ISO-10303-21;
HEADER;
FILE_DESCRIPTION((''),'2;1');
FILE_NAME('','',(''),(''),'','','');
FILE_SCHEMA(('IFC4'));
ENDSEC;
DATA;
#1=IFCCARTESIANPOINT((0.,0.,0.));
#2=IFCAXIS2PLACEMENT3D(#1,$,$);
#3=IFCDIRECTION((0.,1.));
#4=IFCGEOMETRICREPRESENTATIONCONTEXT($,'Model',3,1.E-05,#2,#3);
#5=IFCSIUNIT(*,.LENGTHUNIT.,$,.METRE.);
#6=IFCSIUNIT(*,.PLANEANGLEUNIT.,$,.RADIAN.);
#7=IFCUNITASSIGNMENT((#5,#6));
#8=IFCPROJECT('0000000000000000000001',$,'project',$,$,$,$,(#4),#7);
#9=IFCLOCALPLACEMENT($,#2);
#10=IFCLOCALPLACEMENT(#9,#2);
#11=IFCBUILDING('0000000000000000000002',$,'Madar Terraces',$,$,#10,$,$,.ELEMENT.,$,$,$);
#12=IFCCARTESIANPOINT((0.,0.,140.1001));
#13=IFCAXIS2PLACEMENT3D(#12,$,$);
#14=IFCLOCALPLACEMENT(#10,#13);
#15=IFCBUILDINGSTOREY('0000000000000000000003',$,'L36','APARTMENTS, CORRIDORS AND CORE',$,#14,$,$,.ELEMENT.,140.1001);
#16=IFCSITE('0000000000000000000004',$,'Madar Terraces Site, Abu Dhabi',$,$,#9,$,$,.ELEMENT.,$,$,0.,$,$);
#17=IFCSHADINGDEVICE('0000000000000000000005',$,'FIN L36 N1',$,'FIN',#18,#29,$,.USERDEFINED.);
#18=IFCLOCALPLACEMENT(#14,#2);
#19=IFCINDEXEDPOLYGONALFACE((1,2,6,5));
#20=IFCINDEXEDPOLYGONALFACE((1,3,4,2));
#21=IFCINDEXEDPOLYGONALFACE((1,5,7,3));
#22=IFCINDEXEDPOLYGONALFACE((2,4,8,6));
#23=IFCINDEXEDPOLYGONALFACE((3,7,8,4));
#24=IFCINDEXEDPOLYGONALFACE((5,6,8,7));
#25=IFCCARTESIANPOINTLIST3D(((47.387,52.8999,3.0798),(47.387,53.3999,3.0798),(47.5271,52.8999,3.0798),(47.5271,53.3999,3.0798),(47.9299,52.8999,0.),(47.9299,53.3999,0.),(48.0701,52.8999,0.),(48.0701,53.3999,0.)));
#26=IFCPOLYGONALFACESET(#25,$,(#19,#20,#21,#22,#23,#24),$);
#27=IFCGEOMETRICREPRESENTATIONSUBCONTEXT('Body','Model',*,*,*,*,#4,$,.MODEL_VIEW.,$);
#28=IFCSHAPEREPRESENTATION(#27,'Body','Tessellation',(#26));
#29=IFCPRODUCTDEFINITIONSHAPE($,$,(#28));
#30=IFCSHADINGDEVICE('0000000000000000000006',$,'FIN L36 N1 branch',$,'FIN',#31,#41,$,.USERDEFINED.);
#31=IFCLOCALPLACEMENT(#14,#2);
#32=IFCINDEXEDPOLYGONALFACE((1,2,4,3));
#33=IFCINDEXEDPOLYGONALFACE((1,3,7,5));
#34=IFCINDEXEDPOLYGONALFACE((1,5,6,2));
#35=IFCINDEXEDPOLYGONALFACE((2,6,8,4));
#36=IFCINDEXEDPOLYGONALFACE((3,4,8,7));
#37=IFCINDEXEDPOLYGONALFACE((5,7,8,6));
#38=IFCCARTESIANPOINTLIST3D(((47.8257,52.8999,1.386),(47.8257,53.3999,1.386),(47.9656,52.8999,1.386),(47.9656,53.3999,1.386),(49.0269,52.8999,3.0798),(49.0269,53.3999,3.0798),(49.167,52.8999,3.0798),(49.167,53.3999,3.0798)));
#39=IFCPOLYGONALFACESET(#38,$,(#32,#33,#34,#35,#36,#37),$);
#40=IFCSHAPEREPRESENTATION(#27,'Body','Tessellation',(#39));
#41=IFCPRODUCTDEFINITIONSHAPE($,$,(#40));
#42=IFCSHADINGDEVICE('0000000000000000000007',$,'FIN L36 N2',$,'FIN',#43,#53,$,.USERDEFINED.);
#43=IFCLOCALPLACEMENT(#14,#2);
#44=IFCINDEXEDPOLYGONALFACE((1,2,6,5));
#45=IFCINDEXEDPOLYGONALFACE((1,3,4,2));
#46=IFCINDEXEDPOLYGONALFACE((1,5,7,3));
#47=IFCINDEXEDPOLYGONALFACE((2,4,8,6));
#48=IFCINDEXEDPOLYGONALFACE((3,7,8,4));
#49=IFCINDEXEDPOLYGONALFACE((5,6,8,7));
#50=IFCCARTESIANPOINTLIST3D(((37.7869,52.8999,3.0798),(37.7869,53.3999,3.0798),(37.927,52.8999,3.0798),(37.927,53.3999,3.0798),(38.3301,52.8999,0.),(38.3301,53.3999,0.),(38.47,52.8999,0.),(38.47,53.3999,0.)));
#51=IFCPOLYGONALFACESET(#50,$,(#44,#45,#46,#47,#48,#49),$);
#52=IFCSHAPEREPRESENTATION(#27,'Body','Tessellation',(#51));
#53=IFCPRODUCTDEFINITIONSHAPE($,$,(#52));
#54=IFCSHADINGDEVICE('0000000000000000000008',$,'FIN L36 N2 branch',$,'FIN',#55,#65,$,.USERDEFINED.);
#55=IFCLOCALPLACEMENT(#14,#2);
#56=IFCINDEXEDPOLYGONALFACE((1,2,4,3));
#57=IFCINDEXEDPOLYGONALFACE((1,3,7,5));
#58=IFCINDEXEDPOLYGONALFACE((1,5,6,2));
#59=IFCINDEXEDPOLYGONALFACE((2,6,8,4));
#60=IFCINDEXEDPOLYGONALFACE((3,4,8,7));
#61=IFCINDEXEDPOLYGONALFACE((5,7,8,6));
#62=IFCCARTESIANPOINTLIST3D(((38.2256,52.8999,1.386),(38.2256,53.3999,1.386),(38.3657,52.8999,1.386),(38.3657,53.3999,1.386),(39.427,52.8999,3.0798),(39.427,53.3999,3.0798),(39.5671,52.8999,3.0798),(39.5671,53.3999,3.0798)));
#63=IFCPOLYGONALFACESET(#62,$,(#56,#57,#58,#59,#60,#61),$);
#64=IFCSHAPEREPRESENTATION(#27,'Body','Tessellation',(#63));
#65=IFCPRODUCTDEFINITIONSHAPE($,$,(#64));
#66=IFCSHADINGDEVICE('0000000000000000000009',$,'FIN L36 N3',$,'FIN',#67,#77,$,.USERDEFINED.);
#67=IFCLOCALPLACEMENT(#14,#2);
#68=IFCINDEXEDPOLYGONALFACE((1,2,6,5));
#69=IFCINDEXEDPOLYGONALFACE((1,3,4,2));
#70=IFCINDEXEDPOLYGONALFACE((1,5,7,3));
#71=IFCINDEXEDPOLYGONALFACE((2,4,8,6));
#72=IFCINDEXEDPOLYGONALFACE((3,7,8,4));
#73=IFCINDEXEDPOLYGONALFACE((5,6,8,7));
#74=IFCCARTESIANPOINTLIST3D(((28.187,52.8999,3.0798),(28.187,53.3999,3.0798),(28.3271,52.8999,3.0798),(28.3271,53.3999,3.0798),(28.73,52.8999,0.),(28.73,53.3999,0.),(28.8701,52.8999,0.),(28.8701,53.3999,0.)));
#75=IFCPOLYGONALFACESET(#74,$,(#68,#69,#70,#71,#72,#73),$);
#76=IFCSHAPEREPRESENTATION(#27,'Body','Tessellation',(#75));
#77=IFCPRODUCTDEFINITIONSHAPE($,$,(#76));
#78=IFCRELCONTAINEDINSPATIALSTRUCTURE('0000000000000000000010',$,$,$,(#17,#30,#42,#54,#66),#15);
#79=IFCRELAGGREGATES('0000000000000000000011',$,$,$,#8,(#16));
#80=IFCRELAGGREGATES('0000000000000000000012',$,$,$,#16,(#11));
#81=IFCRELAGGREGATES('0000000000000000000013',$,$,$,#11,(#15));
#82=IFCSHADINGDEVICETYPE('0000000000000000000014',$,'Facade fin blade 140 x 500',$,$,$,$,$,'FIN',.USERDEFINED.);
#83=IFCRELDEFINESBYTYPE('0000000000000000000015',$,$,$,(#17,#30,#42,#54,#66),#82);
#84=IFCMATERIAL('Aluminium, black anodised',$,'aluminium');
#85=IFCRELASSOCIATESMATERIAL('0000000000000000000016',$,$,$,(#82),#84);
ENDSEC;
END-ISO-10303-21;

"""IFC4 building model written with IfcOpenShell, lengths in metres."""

from ifc_helpers import new_model, si_unit, direction, frame, origin, place, context, subcontext, project, spatial, polyline, outline, extrude, material, type_object, element, save


model = new_model("IFC4")

# Units and contexts
model_context = context("Model", 3, precision=1e-05, world=origin(), true_north=direction((0.0, 1.0)))
body_context = subcontext(model_context, "Body", "Model", "MODEL_VIEW")
ifc_project = project(units=[si_unit("LENGTHUNIT", "METRE"), si_unit("PLANEANGLEUNIT", "RADIAN")], contexts=[model_context])

# Site, building, storey
site_placement = place(None, origin())
site = spatial("IfcSite", under=ifc_project, at=site_placement, Name="Madar Terraces Site, Abu Dhabi", CompositionType="ELEMENT", RefElevation=0.0)
building_placement = place(site_placement, origin())
building = spatial("IfcBuilding", under=site, at=building_placement, Name="Madar Terraces", CompositionType="ELEMENT")
storey_placement = place(building_placement, frame((0.0, 0.0, 140.1001)))
storey = spatial("IfcBuildingStorey", under=building, at=storey_placement, Name="L36", Description="APARTMENTS, CORRIDORS AND CORE", CompositionType="ELEMENT", Elevation=140.1001)

# Shading devices
ifc_material_1 = material(Name="Aluminium, black anodised", Category="aluminium")
shading_device_type = type_object("IfcShadingDeviceType", Name="Facade fin blade 140 x 500", ElementType="FIN", PredefinedType="USERDEFINED", material=ifc_material_1)
shading_device_1_placement = place(storey_placement, frame((48.0701, 53.1499, 0.0), z_axis=(0.0, 0.0, 1.0), x_axis=(-1.0, 0.0, 0.0)))
element("IfcShadingDevice", 1, at=shading_device_1_placement, inside=storey, type_object=shading_device_type, Name="FIN L36 N1", ObjectType="FIN", PredefinedType="USERDEFINED", context=body_context, shape_type="SweptSolid", body=[
    extrude(outline(polyline([(0.0, 0.0), (0.1401, 0.0), (0.6831, 3.0798), (0.543, 3.0798), (0.0, 0.0)])), frame((0.0, 0.25, 0.0), z_axis=(0.0, -1.0, 0.0), x_axis=(1.0, 0.0, 0.0)), (0.0, 0.0, 1.0), 0.5),
])
shading_device_2_placement = place(storey_placement, frame((47.9656, 53.1499, 1.386), z_axis=(0.0, 0.0, 1.0), x_axis=(-1.0, 0.0, 0.0)))
element("IfcShadingDevice", 2, at=shading_device_2_placement, inside=storey, type_object=shading_device_type, Name="FIN L36 N1 branch", ObjectType="FIN", PredefinedType="USERDEFINED", context=body_context, shape_type="SweptSolid", body=[
    extrude(outline(polyline([(0.0, 0.0), (0.1399, 0.0), (-1.0613, 1.6938), (-1.2014, 1.6938), (0.0, 0.0)])), frame((0.0, 0.25, 0.0), z_axis=(0.0, -1.0, 0.0), x_axis=(1.0, 0.0, 0.0)), (0.0, 0.0, 1.0), 0.5),
])
shading_device_3_placement = place(storey_placement, frame((38.47, 53.1499, 0.0), z_axis=(0.0, 0.0, 1.0), x_axis=(-1.0, 0.0, 0.0)))
element("IfcShadingDevice", 3, at=shading_device_3_placement, inside=storey, type_object=shading_device_type, Name="FIN L36 N2", ObjectType="FIN", PredefinedType="USERDEFINED", context=body_context, shape_type="SweptSolid", body=[
    extrude(outline(polyline([(0.0, 0.0), (0.1399, 0.0), (0.6831, 3.0798), (0.543, 3.0798), (0.0, 0.0)])), frame((0.0, 0.25, 0.0), z_axis=(0.0, -1.0, 0.0), x_axis=(1.0, 0.0, 0.0)), (0.0, 0.0, 1.0), 0.5),
])
shading_device_4_placement = place(storey_placement, frame((38.3657, 53.1499, 1.386), z_axis=(0.0, 0.0, 1.0), x_axis=(-1.0, 0.0, 0.0)))
element("IfcShadingDevice", 4, at=shading_device_4_placement, inside=storey, type_object=shading_device_type, Name="FIN L36 N2 branch", ObjectType="FIN", PredefinedType="USERDEFINED", context=body_context, shape_type="SweptSolid", body=[
    extrude(outline(polyline([(0.0, 0.0), (0.1401, 0.0), (-1.0613, 1.6938), (-1.2014, 1.6938), (0.0, 0.0)])), frame((0.0, 0.25, 0.0), z_axis=(0.0, -1.0, 0.0), x_axis=(1.0, 0.0, 0.0)), (0.0, 0.0, 1.0), 0.5),
])
shading_device_5_placement = place(storey_placement, frame((28.8701, 53.1499, 0.0), z_axis=(0.0, 0.0, 1.0), x_axis=(-1.0, 0.0, 0.0)))
element("IfcShadingDevice", 5, at=shading_device_5_placement, inside=storey, type_object=shading_device_type, Name="FIN L36 N3", ObjectType="FIN", PredefinedType="USERDEFINED", context=body_context, shape_type="SweptSolid", body=[
    extrude(outline(polyline([(0.0, 0.0), (0.1401, 0.0), (0.6831, 3.0798), (0.543, 3.0798), (0.0, 0.0)])), frame((0.0, 0.25, 0.0), z_axis=(0.0, -1.0, 0.0), x_axis=(1.0, 0.0, 0.0)), (0.0, 0.0, 1.0), 0.5),
])

save(model, "model.ifc")
